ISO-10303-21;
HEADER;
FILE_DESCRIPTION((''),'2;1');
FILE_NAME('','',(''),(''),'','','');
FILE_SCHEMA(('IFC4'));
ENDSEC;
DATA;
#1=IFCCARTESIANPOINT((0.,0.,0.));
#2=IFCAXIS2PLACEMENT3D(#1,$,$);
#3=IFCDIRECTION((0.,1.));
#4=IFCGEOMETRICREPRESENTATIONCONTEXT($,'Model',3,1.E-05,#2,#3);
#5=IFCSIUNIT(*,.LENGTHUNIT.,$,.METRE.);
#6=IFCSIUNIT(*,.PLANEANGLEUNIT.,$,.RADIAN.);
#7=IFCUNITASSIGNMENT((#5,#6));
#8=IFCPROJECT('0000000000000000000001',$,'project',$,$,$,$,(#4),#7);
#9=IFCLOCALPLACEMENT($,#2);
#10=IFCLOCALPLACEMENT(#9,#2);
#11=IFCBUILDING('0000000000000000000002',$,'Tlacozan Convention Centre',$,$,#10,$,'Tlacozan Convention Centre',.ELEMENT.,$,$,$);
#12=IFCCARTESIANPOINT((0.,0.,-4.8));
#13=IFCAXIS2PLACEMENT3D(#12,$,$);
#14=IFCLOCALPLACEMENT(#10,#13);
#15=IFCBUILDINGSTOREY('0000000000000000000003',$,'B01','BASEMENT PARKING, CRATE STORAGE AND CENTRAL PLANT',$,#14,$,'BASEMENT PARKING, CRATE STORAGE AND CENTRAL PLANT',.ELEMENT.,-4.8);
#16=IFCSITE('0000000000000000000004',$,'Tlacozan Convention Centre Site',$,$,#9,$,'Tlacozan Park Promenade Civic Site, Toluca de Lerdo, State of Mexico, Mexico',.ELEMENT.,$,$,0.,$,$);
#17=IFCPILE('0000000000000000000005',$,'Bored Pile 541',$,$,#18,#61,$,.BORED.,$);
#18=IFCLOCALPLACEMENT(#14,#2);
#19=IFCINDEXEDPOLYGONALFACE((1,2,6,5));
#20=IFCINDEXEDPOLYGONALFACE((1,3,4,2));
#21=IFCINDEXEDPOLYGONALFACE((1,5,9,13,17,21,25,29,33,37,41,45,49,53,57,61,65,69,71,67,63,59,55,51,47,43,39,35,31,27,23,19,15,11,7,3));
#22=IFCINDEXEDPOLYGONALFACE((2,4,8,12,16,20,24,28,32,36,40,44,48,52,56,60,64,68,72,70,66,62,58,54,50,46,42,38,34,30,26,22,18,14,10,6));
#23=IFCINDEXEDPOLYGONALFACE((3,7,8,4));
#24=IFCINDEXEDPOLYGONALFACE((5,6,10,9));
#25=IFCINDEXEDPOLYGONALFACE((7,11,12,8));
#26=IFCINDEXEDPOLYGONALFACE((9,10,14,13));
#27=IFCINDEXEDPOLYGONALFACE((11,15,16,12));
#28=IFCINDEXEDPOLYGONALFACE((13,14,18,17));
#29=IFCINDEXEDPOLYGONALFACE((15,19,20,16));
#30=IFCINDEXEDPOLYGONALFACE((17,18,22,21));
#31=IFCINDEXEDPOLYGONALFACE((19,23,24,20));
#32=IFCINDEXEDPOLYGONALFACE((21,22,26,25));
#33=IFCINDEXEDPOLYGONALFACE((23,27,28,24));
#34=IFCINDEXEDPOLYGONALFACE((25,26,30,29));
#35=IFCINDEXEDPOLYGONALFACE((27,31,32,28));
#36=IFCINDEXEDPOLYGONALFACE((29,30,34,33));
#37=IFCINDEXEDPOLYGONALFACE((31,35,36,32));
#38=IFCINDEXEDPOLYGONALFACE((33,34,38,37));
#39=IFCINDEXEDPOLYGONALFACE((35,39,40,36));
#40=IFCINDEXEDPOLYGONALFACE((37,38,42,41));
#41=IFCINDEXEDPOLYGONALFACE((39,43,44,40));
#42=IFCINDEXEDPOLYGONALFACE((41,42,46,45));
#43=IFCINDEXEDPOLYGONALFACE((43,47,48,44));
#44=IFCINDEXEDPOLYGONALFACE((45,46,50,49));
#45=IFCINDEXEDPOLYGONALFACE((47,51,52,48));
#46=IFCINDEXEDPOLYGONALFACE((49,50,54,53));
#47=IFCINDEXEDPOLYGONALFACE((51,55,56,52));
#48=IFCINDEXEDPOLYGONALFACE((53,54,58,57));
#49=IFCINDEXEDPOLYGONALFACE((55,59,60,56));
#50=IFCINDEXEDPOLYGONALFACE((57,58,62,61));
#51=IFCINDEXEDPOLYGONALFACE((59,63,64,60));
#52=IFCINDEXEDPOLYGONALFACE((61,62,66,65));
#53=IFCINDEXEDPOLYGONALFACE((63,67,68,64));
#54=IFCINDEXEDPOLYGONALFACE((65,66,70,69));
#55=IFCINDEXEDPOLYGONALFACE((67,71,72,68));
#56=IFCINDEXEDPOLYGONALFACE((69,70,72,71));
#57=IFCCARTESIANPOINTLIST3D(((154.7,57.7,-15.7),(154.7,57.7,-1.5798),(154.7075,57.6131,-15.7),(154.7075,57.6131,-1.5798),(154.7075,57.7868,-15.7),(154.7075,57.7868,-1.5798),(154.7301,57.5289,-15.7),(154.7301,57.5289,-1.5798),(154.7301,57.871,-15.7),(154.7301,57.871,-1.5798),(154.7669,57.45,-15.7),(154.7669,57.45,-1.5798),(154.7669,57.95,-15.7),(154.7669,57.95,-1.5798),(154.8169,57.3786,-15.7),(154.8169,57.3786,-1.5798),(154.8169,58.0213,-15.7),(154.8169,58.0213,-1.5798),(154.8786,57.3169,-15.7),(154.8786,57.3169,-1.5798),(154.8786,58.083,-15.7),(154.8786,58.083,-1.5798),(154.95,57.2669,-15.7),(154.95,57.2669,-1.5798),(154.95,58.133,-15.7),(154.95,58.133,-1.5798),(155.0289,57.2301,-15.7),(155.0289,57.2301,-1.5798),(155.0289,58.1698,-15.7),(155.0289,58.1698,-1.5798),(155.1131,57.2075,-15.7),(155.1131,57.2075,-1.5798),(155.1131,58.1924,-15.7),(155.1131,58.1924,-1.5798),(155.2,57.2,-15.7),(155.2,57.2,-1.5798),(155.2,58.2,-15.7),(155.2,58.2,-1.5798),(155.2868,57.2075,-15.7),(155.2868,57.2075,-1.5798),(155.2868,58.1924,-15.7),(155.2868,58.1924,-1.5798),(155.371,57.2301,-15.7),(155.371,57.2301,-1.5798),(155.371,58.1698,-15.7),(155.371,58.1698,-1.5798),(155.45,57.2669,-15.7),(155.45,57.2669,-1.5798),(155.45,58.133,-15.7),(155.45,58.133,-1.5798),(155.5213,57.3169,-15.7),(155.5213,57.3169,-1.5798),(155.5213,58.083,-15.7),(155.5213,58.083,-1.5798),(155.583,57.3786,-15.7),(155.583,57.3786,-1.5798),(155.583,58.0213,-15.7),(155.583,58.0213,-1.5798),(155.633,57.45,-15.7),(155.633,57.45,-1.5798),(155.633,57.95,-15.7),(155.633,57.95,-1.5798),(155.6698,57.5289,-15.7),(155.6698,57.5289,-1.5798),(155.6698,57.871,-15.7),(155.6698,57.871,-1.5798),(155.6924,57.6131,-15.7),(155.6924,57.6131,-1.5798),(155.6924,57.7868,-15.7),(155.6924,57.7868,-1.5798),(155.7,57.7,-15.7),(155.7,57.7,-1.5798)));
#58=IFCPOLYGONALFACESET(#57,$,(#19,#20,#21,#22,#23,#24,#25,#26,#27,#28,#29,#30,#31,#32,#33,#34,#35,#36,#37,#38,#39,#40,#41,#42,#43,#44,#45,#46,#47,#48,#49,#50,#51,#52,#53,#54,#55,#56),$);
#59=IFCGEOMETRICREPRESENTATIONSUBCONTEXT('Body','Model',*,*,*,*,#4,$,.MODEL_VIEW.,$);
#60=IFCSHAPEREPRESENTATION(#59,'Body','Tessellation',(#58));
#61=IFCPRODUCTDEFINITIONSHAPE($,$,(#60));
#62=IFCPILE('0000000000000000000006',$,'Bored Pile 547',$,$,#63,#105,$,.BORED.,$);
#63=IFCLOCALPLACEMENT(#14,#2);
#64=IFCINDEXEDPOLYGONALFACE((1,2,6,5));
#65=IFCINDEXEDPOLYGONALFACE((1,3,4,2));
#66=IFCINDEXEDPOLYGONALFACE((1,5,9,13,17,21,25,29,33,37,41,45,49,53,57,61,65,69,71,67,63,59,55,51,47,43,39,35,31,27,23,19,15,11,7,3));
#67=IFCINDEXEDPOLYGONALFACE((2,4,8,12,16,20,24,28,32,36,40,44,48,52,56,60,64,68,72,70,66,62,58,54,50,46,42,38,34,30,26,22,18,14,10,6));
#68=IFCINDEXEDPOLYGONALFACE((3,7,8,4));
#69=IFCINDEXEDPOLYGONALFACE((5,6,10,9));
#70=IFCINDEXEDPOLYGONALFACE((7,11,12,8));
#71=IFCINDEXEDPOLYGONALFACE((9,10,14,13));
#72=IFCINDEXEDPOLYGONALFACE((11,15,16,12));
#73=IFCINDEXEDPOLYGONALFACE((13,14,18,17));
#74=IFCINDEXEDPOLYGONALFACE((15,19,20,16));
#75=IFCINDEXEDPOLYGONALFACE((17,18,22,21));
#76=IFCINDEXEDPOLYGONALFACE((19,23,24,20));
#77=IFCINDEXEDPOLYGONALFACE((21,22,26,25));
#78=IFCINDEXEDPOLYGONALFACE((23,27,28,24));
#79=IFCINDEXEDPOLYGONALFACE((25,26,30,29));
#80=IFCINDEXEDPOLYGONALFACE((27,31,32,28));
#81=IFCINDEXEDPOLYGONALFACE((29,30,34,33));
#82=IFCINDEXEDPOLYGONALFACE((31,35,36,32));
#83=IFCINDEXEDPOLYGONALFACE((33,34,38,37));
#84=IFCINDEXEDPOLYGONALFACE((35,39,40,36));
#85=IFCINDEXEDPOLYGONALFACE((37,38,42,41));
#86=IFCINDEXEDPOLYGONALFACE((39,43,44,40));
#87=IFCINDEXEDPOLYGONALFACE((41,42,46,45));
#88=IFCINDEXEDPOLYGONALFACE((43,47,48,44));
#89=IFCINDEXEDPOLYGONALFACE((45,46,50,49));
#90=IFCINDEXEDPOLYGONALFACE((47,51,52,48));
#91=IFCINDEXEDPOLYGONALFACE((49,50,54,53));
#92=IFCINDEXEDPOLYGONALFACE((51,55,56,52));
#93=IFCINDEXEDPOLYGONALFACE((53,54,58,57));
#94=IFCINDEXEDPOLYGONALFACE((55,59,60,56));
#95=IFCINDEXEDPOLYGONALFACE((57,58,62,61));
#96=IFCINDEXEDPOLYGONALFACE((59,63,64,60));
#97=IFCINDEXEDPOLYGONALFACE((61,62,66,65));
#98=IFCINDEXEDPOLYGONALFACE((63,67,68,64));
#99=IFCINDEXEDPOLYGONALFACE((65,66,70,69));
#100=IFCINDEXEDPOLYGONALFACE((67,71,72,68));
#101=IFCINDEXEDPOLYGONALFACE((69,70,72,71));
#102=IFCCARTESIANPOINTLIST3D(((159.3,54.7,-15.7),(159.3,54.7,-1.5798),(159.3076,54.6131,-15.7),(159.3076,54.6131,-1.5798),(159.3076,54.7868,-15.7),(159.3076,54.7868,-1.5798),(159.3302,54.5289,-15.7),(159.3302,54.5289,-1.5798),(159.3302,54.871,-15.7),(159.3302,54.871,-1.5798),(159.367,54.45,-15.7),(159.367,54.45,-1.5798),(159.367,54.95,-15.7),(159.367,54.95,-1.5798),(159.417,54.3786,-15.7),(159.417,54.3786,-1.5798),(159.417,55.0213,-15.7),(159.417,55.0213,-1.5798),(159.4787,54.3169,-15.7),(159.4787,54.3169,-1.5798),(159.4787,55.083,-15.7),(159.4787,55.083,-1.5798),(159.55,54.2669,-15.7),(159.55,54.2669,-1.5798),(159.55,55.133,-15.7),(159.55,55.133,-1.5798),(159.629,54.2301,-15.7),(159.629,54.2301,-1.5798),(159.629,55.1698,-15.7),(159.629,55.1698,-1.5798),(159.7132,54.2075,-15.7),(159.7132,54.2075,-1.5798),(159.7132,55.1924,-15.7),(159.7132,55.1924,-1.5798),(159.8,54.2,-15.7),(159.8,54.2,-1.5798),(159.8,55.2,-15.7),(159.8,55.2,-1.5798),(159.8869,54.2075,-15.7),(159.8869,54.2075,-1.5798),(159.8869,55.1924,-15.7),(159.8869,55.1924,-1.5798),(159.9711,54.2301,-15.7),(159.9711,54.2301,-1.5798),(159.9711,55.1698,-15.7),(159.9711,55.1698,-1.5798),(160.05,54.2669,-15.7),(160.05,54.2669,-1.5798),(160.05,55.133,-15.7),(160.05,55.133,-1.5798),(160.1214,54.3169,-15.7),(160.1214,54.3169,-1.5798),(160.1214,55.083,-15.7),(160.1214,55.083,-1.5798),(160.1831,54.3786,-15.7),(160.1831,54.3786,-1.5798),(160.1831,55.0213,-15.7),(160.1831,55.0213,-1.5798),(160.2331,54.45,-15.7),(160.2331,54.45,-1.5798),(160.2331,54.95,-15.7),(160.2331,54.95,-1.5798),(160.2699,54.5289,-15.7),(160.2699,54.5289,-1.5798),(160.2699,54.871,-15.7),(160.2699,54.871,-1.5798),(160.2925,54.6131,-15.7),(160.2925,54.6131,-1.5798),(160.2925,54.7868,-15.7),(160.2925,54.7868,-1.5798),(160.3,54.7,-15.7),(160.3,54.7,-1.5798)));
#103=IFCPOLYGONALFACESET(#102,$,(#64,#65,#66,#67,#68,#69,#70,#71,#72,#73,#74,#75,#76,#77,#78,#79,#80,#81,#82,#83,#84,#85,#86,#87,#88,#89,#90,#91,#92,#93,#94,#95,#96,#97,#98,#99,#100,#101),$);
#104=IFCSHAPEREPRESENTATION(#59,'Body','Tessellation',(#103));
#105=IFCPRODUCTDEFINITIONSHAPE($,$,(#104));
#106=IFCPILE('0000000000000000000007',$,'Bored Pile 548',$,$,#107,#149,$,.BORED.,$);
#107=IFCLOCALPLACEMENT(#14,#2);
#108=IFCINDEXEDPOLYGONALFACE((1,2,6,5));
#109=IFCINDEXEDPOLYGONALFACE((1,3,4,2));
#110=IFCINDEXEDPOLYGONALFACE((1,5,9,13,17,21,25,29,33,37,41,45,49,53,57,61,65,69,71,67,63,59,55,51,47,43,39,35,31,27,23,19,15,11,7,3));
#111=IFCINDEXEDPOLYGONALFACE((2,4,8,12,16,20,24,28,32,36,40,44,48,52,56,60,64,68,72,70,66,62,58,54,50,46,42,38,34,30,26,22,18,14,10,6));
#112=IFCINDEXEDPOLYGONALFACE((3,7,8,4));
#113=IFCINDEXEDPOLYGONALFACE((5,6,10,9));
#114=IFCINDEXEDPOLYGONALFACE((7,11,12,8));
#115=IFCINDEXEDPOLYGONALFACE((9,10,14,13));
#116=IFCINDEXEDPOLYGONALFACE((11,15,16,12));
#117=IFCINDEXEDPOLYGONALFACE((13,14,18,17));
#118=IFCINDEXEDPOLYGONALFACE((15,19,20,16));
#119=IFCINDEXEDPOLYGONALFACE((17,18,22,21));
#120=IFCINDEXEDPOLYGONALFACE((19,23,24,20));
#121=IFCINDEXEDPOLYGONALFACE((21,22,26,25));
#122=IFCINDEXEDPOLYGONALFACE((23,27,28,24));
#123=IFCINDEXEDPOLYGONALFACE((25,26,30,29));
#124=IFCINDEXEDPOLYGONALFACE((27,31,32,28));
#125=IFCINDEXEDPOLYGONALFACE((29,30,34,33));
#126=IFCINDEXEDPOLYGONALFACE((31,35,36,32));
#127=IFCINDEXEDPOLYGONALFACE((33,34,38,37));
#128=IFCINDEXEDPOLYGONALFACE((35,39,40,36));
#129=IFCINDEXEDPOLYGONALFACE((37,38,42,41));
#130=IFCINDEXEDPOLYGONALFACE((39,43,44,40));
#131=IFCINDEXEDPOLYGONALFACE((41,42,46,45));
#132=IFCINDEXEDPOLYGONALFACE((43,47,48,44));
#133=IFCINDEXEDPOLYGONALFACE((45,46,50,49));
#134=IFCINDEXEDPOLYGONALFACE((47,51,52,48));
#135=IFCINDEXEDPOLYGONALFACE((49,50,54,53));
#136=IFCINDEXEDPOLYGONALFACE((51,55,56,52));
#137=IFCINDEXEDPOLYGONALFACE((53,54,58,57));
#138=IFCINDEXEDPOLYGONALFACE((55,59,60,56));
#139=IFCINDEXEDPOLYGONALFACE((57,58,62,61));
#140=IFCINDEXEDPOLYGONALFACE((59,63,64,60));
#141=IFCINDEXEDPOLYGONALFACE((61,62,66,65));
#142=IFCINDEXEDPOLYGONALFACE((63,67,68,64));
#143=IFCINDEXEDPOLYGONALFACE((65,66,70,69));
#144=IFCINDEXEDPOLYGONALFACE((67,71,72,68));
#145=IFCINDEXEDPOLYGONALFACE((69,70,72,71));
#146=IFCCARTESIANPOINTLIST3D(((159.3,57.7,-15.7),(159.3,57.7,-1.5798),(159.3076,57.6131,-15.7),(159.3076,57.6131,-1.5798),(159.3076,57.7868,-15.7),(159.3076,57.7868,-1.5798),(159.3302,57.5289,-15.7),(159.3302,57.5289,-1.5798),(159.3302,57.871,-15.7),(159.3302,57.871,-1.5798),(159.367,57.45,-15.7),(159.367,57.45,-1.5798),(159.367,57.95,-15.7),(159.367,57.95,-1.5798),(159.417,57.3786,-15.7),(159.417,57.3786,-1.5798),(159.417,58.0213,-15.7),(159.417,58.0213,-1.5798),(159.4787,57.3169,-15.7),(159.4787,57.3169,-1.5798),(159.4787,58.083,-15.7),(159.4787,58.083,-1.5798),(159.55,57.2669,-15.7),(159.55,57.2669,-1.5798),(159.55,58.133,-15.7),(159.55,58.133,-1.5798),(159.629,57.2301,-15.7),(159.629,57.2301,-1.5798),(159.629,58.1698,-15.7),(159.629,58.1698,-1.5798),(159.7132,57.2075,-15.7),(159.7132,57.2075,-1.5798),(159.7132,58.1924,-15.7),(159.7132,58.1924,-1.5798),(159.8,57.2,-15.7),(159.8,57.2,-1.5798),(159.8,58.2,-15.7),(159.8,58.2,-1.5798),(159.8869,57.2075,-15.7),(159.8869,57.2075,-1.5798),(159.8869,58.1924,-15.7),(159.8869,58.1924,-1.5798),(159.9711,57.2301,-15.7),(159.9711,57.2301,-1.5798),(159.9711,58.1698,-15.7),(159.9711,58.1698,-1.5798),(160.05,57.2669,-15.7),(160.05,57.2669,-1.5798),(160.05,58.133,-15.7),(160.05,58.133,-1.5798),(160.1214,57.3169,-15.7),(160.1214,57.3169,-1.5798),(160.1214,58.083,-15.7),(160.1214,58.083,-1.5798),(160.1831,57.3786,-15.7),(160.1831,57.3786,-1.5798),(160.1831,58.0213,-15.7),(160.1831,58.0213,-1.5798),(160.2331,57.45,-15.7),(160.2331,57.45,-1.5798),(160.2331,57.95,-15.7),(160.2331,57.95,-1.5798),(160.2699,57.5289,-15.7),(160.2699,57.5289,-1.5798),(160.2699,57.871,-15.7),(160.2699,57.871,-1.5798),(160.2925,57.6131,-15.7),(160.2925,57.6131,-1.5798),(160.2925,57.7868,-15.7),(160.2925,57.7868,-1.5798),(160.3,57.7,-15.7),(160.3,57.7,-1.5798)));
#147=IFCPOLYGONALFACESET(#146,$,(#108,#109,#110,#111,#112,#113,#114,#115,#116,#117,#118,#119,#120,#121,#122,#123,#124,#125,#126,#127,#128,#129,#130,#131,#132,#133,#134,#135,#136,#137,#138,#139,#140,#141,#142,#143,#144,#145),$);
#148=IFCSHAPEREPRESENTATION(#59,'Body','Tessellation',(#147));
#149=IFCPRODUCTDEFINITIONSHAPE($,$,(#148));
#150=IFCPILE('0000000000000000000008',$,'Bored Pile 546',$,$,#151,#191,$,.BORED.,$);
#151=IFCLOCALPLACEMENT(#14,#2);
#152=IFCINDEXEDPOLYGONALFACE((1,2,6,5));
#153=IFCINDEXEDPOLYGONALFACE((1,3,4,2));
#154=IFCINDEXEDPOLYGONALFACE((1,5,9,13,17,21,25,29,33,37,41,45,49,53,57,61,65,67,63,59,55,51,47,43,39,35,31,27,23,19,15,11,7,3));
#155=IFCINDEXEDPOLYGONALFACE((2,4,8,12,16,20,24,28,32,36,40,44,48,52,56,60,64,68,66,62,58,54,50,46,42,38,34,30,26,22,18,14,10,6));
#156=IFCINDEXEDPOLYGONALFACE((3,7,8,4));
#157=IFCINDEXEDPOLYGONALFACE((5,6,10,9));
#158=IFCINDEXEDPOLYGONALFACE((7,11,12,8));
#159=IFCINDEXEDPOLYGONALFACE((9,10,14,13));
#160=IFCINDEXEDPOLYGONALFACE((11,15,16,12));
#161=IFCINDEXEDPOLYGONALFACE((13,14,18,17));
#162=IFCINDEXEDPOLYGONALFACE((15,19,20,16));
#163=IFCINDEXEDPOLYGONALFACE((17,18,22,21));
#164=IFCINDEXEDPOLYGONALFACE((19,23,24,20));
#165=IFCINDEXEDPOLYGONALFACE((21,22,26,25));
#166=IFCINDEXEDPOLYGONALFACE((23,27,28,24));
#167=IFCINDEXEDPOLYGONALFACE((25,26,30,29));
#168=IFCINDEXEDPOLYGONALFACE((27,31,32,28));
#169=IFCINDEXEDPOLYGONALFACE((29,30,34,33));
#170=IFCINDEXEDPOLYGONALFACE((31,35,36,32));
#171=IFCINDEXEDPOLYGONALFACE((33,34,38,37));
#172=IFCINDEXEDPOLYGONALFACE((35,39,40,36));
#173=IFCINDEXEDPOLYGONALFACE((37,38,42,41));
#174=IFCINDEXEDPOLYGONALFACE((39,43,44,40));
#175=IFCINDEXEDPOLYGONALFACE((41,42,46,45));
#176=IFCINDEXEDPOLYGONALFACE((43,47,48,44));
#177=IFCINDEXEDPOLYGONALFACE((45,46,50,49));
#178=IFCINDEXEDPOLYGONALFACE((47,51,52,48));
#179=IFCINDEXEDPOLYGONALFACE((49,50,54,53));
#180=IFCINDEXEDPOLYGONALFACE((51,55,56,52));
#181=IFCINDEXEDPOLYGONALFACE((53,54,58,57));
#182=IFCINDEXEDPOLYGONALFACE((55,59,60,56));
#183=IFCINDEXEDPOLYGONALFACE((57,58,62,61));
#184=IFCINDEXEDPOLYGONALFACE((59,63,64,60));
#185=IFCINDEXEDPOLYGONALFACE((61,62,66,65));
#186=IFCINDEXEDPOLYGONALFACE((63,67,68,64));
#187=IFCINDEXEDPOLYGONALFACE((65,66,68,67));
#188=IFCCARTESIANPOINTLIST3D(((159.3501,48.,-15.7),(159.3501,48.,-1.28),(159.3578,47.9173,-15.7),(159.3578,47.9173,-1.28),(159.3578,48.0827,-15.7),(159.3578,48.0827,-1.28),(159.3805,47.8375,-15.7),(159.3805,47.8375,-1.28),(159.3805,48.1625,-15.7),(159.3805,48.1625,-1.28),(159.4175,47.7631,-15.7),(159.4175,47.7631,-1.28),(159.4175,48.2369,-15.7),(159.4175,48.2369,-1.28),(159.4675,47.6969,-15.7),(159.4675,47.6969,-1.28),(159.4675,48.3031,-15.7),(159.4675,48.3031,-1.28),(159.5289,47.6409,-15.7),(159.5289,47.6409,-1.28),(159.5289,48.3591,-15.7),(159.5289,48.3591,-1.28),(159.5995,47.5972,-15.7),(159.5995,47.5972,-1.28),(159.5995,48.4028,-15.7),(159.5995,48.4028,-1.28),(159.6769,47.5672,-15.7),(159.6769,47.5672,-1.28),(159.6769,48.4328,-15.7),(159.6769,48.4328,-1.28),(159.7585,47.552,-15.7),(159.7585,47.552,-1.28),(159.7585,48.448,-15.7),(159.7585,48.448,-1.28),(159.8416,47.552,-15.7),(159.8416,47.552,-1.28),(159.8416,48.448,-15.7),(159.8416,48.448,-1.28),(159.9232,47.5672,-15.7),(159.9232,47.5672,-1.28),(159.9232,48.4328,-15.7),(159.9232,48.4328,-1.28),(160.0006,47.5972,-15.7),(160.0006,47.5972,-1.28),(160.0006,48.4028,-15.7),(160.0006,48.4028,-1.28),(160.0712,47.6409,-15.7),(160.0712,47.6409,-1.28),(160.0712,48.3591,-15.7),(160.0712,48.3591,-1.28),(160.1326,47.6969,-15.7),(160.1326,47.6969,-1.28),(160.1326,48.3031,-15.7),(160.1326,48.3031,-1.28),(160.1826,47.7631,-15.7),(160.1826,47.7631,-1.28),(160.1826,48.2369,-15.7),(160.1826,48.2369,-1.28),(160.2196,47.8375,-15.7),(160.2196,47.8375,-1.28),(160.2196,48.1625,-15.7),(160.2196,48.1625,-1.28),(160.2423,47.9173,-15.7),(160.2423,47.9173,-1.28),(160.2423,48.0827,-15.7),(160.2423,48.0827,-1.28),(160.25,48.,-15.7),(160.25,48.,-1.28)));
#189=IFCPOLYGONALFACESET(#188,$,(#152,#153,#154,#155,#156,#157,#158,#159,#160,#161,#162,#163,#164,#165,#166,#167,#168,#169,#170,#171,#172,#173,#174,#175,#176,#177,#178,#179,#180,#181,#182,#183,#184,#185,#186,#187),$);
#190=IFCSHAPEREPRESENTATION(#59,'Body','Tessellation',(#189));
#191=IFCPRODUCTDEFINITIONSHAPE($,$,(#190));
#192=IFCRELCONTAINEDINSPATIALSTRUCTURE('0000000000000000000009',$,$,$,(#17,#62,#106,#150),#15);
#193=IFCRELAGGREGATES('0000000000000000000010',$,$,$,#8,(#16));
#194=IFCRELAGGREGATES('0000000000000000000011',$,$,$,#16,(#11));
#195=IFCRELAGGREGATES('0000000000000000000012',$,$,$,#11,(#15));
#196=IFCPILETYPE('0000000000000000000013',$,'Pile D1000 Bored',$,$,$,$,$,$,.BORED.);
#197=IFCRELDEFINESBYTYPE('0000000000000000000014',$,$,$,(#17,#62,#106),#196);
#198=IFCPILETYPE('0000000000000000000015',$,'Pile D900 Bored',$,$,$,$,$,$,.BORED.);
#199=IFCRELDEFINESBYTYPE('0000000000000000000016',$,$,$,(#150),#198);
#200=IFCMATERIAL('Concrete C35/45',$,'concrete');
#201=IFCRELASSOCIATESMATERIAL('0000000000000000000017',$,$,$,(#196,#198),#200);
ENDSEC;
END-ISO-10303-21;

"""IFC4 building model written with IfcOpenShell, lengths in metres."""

from ifc_helpers import new_model, si_unit, direction, frame, origin, origin_2d, place, context, subcontext, project, spatial, circle, extrude, material, material_profile, profile_set, type_object, element, save


model = new_model("IFC4")

# Units and contexts
model_context = context("Model", 3, precision=1e-05, world=origin(), true_north=direction((0.0, 1.0)))
body_context = subcontext(model_context, "Body", "Model", "MODEL_VIEW")
ifc_project = project(units=[si_unit("LENGTHUNIT", "METRE"), si_unit("PLANEANGLEUNIT", "RADIAN")], contexts=[model_context])

# Site, building, storey
site_placement = place(None, origin())
site = spatial("IfcSite", under=ifc_project, at=site_placement, Name="Tlacozan Convention Centre Site", LongName="Tlacozan Park Promenade Civic Site, Toluca de Lerdo, State of Mexico, Mexico", CompositionType="ELEMENT", RefElevation=0.0)
building_placement = place(site_placement, origin())
building = spatial("IfcBuilding", under=site, at=building_placement, Name="Tlacozan Convention Centre", LongName="Tlacozan Convention Centre", CompositionType="ELEMENT")
storey_placement = place(building_placement, frame((0.0, 0.0, -4.8)))
storey = spatial("IfcBuildingStorey", under=building, at=storey_placement, Name="B01", Description="BASEMENT PARKING, CRATE STORAGE AND CENTRAL PLANT", LongName="BASEMENT PARKING, CRATE STORAGE AND CENTRAL PLANT", CompositionType="ELEMENT", Elevation=-4.8)

# Shared definitions
ifc_material_1 = material(Name="Concrete C35/45", Category="concrete")

# Piles
ifc_material_profile_1 = material_profile(ifc_material_1, circle(Radius=0.5, at=origin_2d()), Name="PILE D1000")
ifc_profile_set_1 = profile_set([ifc_material_profile_1], Name="Concrete C35/45")
pile_type_1 = type_object("IfcPileType", Name="Pile D1000 Bored", PredefinedType="BORED", material=ifc_profile_set_1)
for number, where, z_axis, x_axis, name in (
    (1, (155.2, 57.7, -1.5798), (0.0, 0.0, -1.0), (1.0, 0.0, 0.0), "Bored Pile 541"),
    (2, (159.8, 54.7, -1.5798), (0.0, 0.0, -1.0), (1.0, 0.0, 0.0), "Bored Pile 547"),
    (3, (159.8, 57.7, -1.5798), (0.0, 0.0, -1.0), (1.0, 0.0, 0.0), "Bored Pile 548"),
):
    element("IfcPile", number, at=place(storey_placement, frame(where, z_axis=z_axis, x_axis=x_axis)), inside=storey, type_object=pile_type_1, Name=name, PredefinedType="BORED", context=body_context, shape_type="SweptSolid", body=[
        extrude(circle(Radius=0.5, at=origin_2d()), origin(), (0.0, 0.0, 1.0), 14.1201),
    ])
ifc_material_profile_2 = material_profile(ifc_material_1, circle(Radius=0.45, at=origin_2d()), Name="PILE D900")
ifc_profile_set_2 = profile_set([ifc_material_profile_2], Name="Concrete C35/45")
pile_type_2 = type_object("IfcPileType", Name="Pile D900 Bored", PredefinedType="BORED", material=ifc_profile_set_2)
for number, where, z_axis, x_axis, name in (
    (4, (159.8, 48.0, -1.28), (0.0, 0.0, -1.0), (1.0, 0.0, 0.0), "Bored Pile 546"),
):
    element("IfcPile", number, at=place(storey_placement, frame(where, z_axis=z_axis, x_axis=x_axis)), inside=storey, type_object=pile_type_2, Name=name, PredefinedType="BORED", context=body_context, shape_type="SweptSolid", body=[
        extrude(circle(Radius=0.45, at=origin_2d()), origin(), (0.0, 0.0, 1.0), 14.4199),
    ])

save(model, "model.ifc")
